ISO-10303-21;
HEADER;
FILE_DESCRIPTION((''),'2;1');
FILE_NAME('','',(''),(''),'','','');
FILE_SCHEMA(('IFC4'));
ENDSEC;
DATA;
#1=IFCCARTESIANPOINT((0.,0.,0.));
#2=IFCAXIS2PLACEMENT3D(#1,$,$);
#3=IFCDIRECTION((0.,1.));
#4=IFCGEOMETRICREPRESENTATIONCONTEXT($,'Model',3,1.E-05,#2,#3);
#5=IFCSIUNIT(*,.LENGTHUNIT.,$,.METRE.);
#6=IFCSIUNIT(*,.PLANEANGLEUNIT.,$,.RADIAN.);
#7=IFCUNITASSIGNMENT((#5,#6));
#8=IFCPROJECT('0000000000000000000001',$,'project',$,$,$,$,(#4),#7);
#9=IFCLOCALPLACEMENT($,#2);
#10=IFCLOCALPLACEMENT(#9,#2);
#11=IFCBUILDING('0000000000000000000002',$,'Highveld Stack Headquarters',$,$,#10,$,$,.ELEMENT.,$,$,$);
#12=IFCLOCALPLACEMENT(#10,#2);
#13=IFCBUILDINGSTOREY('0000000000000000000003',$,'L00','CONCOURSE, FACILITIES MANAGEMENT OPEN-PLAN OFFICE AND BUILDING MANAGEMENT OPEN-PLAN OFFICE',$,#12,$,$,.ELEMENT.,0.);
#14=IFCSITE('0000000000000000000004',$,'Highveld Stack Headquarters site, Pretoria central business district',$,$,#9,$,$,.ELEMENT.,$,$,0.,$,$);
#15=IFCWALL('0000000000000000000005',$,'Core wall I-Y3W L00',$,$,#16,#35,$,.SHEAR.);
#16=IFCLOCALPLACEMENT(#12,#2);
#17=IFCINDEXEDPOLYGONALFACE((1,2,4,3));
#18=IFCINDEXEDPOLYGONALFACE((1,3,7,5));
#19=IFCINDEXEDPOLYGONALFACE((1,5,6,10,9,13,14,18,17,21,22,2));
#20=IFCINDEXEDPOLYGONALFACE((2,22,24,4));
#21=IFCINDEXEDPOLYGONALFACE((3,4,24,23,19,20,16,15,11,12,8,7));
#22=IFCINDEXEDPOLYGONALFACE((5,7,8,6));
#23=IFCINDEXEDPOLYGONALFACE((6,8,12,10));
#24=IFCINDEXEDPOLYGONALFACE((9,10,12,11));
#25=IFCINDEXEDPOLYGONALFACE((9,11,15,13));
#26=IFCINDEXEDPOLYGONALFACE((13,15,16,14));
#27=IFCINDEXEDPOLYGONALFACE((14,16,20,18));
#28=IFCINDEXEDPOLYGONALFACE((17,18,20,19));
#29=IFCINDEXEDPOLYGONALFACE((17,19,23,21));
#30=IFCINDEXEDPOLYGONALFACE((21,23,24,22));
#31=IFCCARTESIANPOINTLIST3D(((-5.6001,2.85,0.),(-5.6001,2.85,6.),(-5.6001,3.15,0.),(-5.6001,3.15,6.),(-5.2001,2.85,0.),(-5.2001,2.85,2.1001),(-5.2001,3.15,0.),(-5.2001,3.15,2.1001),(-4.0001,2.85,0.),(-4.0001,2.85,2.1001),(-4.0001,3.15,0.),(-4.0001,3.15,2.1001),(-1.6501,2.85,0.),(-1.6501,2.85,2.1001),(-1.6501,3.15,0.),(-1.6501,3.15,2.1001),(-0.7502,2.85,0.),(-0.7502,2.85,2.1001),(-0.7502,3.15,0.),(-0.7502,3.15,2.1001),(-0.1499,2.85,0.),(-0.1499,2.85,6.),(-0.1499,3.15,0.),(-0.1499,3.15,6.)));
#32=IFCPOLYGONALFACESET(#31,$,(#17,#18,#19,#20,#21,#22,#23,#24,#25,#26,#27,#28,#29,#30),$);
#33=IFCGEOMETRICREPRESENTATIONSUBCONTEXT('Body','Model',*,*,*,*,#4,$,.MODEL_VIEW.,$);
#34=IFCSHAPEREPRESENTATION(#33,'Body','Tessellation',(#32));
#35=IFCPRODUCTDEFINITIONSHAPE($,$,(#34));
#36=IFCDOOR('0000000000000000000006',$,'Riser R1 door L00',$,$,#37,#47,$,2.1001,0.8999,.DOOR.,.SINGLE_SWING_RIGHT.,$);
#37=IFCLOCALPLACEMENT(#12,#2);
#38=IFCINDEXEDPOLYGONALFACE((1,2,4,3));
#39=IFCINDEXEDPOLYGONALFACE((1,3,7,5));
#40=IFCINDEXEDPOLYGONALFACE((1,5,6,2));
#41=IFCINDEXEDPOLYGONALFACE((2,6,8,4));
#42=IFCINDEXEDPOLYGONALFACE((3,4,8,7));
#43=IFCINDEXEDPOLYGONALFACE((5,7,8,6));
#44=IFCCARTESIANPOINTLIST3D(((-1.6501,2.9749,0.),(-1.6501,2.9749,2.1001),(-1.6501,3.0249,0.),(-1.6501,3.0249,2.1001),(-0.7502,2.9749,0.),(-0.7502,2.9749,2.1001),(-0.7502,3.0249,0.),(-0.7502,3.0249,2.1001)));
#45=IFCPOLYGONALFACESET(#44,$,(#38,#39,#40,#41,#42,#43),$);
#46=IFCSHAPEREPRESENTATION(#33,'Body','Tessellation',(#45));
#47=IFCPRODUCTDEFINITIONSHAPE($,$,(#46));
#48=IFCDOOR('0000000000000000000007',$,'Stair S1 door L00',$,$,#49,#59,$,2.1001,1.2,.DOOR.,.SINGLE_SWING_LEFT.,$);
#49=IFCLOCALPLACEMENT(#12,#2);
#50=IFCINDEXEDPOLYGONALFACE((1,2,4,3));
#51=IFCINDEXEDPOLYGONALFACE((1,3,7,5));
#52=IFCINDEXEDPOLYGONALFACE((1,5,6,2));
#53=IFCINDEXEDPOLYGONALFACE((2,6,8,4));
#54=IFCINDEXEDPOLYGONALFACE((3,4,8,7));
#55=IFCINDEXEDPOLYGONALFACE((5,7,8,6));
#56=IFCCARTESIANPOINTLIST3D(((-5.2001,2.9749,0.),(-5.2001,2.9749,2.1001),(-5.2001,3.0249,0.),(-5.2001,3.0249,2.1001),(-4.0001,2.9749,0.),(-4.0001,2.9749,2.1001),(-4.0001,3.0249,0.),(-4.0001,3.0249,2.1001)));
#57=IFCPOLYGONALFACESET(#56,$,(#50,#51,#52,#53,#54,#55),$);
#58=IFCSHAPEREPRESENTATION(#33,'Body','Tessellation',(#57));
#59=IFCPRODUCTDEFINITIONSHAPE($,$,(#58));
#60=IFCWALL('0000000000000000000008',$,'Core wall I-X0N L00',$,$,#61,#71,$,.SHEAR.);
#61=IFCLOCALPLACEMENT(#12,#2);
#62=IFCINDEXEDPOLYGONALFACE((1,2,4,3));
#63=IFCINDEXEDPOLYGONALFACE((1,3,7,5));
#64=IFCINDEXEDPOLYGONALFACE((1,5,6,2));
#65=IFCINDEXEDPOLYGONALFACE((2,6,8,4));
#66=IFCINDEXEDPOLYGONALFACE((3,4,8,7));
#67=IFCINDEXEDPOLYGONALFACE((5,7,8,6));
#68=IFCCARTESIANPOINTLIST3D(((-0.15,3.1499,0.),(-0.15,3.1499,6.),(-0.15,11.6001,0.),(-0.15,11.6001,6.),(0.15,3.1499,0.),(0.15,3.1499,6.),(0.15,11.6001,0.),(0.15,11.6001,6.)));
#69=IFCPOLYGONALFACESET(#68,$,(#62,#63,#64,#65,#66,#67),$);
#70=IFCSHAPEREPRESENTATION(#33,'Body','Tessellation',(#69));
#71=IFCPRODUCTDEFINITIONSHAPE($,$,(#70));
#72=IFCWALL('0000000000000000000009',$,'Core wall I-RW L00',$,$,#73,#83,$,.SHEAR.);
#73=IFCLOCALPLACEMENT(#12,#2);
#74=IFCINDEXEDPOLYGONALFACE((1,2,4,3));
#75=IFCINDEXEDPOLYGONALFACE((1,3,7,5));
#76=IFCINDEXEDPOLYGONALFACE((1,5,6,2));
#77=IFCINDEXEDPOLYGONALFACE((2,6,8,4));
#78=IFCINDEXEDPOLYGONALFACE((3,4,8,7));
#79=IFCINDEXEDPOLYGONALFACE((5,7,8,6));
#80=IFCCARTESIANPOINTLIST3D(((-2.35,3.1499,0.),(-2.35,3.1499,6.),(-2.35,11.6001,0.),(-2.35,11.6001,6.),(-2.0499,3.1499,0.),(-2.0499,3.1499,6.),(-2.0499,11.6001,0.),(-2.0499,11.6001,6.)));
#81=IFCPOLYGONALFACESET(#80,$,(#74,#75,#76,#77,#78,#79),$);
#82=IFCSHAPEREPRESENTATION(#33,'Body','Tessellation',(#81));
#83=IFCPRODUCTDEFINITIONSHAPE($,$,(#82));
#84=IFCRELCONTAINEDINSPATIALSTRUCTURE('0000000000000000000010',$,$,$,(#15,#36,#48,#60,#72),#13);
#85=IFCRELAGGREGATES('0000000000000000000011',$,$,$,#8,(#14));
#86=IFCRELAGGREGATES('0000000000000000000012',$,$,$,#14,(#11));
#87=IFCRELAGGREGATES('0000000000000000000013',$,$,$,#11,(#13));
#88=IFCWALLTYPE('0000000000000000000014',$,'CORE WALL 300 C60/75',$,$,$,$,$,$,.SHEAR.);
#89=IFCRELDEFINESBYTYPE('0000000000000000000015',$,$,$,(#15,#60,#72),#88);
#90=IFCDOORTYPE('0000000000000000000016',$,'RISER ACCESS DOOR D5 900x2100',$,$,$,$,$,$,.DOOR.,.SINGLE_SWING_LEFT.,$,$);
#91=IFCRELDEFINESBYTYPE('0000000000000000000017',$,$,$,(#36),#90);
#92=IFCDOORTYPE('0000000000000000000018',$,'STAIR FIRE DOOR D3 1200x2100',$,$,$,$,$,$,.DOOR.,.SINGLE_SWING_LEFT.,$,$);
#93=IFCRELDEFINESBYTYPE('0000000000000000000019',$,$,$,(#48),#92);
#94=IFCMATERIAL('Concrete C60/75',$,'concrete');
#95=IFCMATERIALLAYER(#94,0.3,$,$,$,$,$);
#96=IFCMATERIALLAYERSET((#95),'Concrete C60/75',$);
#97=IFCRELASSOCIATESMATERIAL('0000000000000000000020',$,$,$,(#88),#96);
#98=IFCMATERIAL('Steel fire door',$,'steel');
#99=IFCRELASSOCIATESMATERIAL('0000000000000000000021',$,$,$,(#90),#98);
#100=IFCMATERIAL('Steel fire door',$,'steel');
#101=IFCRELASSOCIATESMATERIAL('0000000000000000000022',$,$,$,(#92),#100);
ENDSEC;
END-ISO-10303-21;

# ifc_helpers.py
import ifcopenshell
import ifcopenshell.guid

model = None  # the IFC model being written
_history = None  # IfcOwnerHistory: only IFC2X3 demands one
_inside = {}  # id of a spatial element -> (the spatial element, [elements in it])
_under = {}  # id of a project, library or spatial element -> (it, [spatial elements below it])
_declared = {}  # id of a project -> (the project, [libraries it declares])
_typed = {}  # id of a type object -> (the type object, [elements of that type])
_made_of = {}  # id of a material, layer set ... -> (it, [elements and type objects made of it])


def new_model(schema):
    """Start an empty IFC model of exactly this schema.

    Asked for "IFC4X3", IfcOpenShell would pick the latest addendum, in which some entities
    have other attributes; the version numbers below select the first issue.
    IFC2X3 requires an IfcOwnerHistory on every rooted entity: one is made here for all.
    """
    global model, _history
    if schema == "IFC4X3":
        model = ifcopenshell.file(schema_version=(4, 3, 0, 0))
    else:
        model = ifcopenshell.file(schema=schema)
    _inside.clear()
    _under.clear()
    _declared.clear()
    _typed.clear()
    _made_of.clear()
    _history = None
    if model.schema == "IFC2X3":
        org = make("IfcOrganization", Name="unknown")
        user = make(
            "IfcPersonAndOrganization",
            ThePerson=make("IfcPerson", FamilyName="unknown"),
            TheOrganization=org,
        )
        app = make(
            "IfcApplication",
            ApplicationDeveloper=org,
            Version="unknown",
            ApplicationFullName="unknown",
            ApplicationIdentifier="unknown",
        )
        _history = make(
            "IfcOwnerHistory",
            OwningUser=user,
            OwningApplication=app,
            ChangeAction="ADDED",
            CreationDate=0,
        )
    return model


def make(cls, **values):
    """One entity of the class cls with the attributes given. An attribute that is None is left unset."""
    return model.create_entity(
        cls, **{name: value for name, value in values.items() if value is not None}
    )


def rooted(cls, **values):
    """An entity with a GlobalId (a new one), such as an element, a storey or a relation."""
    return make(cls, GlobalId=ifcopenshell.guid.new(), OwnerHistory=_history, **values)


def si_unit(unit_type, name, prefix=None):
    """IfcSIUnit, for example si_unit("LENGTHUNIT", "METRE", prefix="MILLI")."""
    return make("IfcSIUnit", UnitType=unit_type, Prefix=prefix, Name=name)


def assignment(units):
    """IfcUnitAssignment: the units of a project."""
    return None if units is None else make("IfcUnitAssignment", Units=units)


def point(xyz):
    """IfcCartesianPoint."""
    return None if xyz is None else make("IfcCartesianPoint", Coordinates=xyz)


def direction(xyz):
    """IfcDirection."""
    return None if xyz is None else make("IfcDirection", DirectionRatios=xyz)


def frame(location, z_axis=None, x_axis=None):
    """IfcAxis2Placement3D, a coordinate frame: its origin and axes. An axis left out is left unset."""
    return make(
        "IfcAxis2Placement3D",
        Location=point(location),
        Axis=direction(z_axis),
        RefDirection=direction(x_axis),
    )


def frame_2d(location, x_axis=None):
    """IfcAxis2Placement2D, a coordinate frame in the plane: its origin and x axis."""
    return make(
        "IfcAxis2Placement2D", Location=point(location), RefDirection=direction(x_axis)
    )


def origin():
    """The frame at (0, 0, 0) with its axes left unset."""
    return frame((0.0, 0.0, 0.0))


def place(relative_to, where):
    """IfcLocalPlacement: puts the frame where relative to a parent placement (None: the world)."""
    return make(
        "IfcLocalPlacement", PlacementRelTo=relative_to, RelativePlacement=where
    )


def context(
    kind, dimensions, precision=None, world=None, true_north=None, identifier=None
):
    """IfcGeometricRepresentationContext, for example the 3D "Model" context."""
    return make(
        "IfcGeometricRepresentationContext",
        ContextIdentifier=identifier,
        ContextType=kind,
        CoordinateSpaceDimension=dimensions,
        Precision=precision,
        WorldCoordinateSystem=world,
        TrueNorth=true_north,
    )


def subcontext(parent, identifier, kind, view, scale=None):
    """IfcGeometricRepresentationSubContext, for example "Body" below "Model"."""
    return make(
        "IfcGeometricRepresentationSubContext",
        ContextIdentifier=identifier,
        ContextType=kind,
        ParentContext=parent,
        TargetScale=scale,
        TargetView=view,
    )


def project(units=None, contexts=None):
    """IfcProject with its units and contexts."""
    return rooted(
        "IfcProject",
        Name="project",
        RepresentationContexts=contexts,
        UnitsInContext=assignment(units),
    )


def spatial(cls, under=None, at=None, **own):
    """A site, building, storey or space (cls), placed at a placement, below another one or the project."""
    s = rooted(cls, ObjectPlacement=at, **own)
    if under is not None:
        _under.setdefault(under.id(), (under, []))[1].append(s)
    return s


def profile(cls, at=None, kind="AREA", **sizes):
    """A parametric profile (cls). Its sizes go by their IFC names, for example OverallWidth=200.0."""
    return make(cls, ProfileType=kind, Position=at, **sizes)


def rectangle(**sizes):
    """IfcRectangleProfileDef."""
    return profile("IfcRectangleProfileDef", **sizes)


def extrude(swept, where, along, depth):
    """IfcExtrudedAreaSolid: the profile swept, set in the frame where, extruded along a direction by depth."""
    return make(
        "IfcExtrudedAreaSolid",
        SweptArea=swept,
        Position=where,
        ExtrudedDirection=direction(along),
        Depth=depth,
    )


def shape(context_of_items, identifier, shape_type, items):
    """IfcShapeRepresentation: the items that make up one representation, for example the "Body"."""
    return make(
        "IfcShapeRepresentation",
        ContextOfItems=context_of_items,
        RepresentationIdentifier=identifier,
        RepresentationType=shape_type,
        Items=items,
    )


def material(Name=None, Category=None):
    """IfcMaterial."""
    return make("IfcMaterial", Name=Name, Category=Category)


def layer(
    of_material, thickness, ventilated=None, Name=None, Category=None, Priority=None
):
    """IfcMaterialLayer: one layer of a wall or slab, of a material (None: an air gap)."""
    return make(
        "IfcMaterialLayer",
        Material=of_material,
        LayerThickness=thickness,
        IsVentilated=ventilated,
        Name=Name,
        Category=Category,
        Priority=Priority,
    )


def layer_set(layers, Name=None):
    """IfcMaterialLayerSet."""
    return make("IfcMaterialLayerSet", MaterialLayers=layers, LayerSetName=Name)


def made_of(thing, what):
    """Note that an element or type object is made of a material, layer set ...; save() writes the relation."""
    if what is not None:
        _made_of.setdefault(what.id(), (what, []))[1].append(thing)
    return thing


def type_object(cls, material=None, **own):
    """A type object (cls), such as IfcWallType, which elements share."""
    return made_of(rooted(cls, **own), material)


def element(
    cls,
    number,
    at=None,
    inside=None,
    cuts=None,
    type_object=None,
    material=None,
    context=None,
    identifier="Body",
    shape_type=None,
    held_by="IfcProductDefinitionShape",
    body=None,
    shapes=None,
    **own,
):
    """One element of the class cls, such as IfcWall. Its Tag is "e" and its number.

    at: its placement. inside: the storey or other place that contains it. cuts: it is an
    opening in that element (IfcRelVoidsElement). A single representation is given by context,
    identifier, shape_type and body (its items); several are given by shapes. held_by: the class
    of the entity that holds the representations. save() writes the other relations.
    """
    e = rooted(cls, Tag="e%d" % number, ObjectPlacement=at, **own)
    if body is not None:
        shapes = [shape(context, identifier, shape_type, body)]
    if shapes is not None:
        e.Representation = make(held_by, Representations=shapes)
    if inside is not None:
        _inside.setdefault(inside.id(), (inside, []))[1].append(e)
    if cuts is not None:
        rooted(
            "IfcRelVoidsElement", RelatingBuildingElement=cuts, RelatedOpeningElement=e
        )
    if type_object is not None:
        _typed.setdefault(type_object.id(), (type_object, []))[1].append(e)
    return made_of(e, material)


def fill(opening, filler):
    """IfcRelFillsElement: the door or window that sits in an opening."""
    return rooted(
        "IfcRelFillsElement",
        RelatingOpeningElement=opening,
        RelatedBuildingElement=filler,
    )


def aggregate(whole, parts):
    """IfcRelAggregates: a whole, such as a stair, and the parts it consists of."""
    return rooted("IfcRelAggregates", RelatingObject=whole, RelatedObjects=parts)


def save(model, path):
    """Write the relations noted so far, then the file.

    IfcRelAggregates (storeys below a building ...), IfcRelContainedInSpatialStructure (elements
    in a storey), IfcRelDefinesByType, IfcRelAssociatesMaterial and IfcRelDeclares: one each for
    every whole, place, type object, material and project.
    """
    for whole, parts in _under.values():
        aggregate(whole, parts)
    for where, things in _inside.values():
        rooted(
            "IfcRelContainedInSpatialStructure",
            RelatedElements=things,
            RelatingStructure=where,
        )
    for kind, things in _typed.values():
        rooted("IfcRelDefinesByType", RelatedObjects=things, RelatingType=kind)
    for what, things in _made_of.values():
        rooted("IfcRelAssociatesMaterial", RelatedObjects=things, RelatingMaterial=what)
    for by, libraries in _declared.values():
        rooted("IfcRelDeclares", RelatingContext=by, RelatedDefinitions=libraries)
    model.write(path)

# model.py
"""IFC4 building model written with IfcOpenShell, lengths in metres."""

from ifc_helpers import new_model, si_unit, direction, frame, frame_2d, origin, place, context, subcontext, project, spatial, rectangle, extrude, material, layer, layer_set, type_object, element, fill, save


model = new_model("IFC4")

# Units and contexts
model_context = context("Model", 3, precision=1e-05, world=origin(), true_north=direction((0.0, 1.0)))
body_context = subcontext(model_context, "Body", "Model", "MODEL_VIEW")
ifc_project = project(units=[si_unit("LENGTHUNIT", "METRE"), si_unit("PLANEANGLEUNIT", "RADIAN")], contexts=[model_context])

# Site, building, storey
site_placement = place(None, origin())
site = spatial("IfcSite", under=ifc_project, at=site_placement, Name="Highveld Stack Headquarters site, Pretoria central business district", CompositionType="ELEMENT", RefElevation=0.0)
building_placement = place(site_placement, origin())
building = spatial("IfcBuilding", under=site, at=building_placement, Name="Highveld Stack Headquarters", CompositionType="ELEMENT")
storey_placement = place(building_placement, origin())
storey = spatial("IfcBuildingStorey", under=building, at=storey_placement, Name="L00", Description="CONCOURSE, FACILITIES MANAGEMENT OPEN-PLAN OFFICE AND BUILDING MANAGEMENT OPEN-PLAN OFFICE", CompositionType="ELEMENT", Elevation=0.0)

# Wall, openings, doors
ifc_material_1 = material(Name="Concrete C60/75", Category="concrete")
ifc_layer_1 = layer(ifc_material_1, 0.3)
ifc_layer_set_1 = layer_set([ifc_layer_1], Name="Concrete C60/75")
wall_type = type_object("IfcWallType", Name="CORE WALL 300 C60/75", PredefinedType="SHEAR", material=ifc_layer_set_1)
wall_1_placement = place(storey_placement, frame((-5.6001, 3.0, 0.0), z_axis=(0.0, 0.0, 1.0), x_axis=(1.0, 0.0, 0.0)))
wall_1 = element("IfcWall", 1, at=wall_1_placement, inside=storey, type_object=wall_type, Name="Core wall I-Y3W L00", PredefinedType="SHEAR", context=body_context, shape_type="SweptSolid", body=[
    extrude(rectangle(XDim=5.4502, YDim=0.3, at=frame_2d((2.7251, 0.0))), origin(), (0.0, 0.0, 1.0), 6.0),
])
opening_1_placement = place(wall_1_placement, frame((0.3999, 0.0, 0.0)))
opening_1 = element("IfcOpeningElement", 2, at=opening_1_placement, cuts=wall_1, PredefinedType="OPENING", context=body_context, shape_type="SweptSolid", body=[
    extrude(rectangle(XDim=1.2, YDim=2.1001, at=frame_2d((0.6001, 1.05))), frame((0.0, 0.1599, 0.0), z_axis=(0.0, -1.0, 0.0), x_axis=(1.0, 0.0, 0.0)), (0.0, 0.0, 1.0), 0.3201),
])
opening_2_placement = place(wall_1_placement, frame((3.95, 0.0, 0.0)))
opening_2 = element("IfcOpeningElement", 3, at=opening_2_placement, cuts=wall_1, PredefinedType="OPENING", context=body_context, shape_type="SweptSolid", body=[
    extrude(rectangle(XDim=0.8999, YDim=2.1001, at=frame_2d((0.45, 1.05))), frame((0.0, 0.1599, 0.0), z_axis=(0.0, -1.0, 0.0), x_axis=(1.0, 0.0, 0.0)), (0.0, 0.0, 1.0), 0.3201),
])
ifc_material_2 = material(Name="Steel fire door", Category="steel")
door_type_1 = type_object("IfcDoorType", Name="RISER ACCESS DOOR D5 900x2100", OperationType="SINGLE_SWING_LEFT", PredefinedType="DOOR", material=ifc_material_2)
door_1_placement = place(opening_2_placement, origin())
door_1 = element("IfcDoor", 4, at=door_1_placement, inside=storey, type_object=door_type_1, Name="Riser R1 door L00", OperationType="SINGLE_SWING_RIGHT", OverallHeight=2.1001, OverallWidth=0.8999, PredefinedType="DOOR", context=body_context, shape_type="SweptSolid", body=[
    extrude(rectangle(XDim=0.8999, YDim=2.1001, at=frame_2d((0.45, 1.05))), frame((0.0, 0.0249, 0.0), z_axis=(0.0, -1.0, 0.0), x_axis=(1.0, 0.0, 0.0)), (0.0, 0.0, 1.0), 0.05),
])
fill(opening_2, door_1)
ifc_material_3 = material(Name="Steel fire door", Category="steel")
door_type_2 = type_object("IfcDoorType", Name="STAIR FIRE DOOR D3 1200x2100", OperationType="SINGLE_SWING_LEFT", PredefinedType="DOOR", material=ifc_material_3)
door_2_placement = place(opening_1_placement, origin())
door_2 = element("IfcDoor", 5, at=door_2_placement, inside=storey, type_object=door_type_2, Name="Stair S1 door L00", OperationType="SINGLE_SWING_LEFT", OverallHeight=2.1001, OverallWidth=1.2, PredefinedType="DOOR", context=body_context, shape_type="SweptSolid", body=[
    extrude(rectangle(XDim=1.2, YDim=2.1001, at=frame_2d((0.6001, 1.05))), frame((0.0, 0.0249, 0.0), z_axis=(0.0, -1.0, 0.0), x_axis=(1.0, 0.0, 0.0)), (0.0, 0.0, 1.0), 0.05),
])
fill(opening_1, door_2)

# Walls
for number, where, z_axis, x_axis, name in (
    (6, (0.0, 3.1499, 0.0), (0.0, 0.0, 1.0), (0.0, 1.0, 0.0), "Core wall I-X0N L00"),
    (7, (-2.2, 3.1499, 0.0), (0.0, 0.0, 1.0), (0.0, 1.0, 0.0), "Core wall I-RW L00"),
):
    element("IfcWall", number, at=place(storey_placement, frame(where, z_axis=z_axis, x_axis=x_axis)), inside=storey, type_object=wall_type, Name=name, PredefinedType="SHEAR", context=body_context, shape_type="SweptSolid", body=[
        extrude(rectangle(XDim=8.4502, YDim=0.3, at=frame_2d((4.2251, 0.0))), origin(), (0.0, 0.0, 1.0), 6.0),
    ])

save(model, "model.ifc")
